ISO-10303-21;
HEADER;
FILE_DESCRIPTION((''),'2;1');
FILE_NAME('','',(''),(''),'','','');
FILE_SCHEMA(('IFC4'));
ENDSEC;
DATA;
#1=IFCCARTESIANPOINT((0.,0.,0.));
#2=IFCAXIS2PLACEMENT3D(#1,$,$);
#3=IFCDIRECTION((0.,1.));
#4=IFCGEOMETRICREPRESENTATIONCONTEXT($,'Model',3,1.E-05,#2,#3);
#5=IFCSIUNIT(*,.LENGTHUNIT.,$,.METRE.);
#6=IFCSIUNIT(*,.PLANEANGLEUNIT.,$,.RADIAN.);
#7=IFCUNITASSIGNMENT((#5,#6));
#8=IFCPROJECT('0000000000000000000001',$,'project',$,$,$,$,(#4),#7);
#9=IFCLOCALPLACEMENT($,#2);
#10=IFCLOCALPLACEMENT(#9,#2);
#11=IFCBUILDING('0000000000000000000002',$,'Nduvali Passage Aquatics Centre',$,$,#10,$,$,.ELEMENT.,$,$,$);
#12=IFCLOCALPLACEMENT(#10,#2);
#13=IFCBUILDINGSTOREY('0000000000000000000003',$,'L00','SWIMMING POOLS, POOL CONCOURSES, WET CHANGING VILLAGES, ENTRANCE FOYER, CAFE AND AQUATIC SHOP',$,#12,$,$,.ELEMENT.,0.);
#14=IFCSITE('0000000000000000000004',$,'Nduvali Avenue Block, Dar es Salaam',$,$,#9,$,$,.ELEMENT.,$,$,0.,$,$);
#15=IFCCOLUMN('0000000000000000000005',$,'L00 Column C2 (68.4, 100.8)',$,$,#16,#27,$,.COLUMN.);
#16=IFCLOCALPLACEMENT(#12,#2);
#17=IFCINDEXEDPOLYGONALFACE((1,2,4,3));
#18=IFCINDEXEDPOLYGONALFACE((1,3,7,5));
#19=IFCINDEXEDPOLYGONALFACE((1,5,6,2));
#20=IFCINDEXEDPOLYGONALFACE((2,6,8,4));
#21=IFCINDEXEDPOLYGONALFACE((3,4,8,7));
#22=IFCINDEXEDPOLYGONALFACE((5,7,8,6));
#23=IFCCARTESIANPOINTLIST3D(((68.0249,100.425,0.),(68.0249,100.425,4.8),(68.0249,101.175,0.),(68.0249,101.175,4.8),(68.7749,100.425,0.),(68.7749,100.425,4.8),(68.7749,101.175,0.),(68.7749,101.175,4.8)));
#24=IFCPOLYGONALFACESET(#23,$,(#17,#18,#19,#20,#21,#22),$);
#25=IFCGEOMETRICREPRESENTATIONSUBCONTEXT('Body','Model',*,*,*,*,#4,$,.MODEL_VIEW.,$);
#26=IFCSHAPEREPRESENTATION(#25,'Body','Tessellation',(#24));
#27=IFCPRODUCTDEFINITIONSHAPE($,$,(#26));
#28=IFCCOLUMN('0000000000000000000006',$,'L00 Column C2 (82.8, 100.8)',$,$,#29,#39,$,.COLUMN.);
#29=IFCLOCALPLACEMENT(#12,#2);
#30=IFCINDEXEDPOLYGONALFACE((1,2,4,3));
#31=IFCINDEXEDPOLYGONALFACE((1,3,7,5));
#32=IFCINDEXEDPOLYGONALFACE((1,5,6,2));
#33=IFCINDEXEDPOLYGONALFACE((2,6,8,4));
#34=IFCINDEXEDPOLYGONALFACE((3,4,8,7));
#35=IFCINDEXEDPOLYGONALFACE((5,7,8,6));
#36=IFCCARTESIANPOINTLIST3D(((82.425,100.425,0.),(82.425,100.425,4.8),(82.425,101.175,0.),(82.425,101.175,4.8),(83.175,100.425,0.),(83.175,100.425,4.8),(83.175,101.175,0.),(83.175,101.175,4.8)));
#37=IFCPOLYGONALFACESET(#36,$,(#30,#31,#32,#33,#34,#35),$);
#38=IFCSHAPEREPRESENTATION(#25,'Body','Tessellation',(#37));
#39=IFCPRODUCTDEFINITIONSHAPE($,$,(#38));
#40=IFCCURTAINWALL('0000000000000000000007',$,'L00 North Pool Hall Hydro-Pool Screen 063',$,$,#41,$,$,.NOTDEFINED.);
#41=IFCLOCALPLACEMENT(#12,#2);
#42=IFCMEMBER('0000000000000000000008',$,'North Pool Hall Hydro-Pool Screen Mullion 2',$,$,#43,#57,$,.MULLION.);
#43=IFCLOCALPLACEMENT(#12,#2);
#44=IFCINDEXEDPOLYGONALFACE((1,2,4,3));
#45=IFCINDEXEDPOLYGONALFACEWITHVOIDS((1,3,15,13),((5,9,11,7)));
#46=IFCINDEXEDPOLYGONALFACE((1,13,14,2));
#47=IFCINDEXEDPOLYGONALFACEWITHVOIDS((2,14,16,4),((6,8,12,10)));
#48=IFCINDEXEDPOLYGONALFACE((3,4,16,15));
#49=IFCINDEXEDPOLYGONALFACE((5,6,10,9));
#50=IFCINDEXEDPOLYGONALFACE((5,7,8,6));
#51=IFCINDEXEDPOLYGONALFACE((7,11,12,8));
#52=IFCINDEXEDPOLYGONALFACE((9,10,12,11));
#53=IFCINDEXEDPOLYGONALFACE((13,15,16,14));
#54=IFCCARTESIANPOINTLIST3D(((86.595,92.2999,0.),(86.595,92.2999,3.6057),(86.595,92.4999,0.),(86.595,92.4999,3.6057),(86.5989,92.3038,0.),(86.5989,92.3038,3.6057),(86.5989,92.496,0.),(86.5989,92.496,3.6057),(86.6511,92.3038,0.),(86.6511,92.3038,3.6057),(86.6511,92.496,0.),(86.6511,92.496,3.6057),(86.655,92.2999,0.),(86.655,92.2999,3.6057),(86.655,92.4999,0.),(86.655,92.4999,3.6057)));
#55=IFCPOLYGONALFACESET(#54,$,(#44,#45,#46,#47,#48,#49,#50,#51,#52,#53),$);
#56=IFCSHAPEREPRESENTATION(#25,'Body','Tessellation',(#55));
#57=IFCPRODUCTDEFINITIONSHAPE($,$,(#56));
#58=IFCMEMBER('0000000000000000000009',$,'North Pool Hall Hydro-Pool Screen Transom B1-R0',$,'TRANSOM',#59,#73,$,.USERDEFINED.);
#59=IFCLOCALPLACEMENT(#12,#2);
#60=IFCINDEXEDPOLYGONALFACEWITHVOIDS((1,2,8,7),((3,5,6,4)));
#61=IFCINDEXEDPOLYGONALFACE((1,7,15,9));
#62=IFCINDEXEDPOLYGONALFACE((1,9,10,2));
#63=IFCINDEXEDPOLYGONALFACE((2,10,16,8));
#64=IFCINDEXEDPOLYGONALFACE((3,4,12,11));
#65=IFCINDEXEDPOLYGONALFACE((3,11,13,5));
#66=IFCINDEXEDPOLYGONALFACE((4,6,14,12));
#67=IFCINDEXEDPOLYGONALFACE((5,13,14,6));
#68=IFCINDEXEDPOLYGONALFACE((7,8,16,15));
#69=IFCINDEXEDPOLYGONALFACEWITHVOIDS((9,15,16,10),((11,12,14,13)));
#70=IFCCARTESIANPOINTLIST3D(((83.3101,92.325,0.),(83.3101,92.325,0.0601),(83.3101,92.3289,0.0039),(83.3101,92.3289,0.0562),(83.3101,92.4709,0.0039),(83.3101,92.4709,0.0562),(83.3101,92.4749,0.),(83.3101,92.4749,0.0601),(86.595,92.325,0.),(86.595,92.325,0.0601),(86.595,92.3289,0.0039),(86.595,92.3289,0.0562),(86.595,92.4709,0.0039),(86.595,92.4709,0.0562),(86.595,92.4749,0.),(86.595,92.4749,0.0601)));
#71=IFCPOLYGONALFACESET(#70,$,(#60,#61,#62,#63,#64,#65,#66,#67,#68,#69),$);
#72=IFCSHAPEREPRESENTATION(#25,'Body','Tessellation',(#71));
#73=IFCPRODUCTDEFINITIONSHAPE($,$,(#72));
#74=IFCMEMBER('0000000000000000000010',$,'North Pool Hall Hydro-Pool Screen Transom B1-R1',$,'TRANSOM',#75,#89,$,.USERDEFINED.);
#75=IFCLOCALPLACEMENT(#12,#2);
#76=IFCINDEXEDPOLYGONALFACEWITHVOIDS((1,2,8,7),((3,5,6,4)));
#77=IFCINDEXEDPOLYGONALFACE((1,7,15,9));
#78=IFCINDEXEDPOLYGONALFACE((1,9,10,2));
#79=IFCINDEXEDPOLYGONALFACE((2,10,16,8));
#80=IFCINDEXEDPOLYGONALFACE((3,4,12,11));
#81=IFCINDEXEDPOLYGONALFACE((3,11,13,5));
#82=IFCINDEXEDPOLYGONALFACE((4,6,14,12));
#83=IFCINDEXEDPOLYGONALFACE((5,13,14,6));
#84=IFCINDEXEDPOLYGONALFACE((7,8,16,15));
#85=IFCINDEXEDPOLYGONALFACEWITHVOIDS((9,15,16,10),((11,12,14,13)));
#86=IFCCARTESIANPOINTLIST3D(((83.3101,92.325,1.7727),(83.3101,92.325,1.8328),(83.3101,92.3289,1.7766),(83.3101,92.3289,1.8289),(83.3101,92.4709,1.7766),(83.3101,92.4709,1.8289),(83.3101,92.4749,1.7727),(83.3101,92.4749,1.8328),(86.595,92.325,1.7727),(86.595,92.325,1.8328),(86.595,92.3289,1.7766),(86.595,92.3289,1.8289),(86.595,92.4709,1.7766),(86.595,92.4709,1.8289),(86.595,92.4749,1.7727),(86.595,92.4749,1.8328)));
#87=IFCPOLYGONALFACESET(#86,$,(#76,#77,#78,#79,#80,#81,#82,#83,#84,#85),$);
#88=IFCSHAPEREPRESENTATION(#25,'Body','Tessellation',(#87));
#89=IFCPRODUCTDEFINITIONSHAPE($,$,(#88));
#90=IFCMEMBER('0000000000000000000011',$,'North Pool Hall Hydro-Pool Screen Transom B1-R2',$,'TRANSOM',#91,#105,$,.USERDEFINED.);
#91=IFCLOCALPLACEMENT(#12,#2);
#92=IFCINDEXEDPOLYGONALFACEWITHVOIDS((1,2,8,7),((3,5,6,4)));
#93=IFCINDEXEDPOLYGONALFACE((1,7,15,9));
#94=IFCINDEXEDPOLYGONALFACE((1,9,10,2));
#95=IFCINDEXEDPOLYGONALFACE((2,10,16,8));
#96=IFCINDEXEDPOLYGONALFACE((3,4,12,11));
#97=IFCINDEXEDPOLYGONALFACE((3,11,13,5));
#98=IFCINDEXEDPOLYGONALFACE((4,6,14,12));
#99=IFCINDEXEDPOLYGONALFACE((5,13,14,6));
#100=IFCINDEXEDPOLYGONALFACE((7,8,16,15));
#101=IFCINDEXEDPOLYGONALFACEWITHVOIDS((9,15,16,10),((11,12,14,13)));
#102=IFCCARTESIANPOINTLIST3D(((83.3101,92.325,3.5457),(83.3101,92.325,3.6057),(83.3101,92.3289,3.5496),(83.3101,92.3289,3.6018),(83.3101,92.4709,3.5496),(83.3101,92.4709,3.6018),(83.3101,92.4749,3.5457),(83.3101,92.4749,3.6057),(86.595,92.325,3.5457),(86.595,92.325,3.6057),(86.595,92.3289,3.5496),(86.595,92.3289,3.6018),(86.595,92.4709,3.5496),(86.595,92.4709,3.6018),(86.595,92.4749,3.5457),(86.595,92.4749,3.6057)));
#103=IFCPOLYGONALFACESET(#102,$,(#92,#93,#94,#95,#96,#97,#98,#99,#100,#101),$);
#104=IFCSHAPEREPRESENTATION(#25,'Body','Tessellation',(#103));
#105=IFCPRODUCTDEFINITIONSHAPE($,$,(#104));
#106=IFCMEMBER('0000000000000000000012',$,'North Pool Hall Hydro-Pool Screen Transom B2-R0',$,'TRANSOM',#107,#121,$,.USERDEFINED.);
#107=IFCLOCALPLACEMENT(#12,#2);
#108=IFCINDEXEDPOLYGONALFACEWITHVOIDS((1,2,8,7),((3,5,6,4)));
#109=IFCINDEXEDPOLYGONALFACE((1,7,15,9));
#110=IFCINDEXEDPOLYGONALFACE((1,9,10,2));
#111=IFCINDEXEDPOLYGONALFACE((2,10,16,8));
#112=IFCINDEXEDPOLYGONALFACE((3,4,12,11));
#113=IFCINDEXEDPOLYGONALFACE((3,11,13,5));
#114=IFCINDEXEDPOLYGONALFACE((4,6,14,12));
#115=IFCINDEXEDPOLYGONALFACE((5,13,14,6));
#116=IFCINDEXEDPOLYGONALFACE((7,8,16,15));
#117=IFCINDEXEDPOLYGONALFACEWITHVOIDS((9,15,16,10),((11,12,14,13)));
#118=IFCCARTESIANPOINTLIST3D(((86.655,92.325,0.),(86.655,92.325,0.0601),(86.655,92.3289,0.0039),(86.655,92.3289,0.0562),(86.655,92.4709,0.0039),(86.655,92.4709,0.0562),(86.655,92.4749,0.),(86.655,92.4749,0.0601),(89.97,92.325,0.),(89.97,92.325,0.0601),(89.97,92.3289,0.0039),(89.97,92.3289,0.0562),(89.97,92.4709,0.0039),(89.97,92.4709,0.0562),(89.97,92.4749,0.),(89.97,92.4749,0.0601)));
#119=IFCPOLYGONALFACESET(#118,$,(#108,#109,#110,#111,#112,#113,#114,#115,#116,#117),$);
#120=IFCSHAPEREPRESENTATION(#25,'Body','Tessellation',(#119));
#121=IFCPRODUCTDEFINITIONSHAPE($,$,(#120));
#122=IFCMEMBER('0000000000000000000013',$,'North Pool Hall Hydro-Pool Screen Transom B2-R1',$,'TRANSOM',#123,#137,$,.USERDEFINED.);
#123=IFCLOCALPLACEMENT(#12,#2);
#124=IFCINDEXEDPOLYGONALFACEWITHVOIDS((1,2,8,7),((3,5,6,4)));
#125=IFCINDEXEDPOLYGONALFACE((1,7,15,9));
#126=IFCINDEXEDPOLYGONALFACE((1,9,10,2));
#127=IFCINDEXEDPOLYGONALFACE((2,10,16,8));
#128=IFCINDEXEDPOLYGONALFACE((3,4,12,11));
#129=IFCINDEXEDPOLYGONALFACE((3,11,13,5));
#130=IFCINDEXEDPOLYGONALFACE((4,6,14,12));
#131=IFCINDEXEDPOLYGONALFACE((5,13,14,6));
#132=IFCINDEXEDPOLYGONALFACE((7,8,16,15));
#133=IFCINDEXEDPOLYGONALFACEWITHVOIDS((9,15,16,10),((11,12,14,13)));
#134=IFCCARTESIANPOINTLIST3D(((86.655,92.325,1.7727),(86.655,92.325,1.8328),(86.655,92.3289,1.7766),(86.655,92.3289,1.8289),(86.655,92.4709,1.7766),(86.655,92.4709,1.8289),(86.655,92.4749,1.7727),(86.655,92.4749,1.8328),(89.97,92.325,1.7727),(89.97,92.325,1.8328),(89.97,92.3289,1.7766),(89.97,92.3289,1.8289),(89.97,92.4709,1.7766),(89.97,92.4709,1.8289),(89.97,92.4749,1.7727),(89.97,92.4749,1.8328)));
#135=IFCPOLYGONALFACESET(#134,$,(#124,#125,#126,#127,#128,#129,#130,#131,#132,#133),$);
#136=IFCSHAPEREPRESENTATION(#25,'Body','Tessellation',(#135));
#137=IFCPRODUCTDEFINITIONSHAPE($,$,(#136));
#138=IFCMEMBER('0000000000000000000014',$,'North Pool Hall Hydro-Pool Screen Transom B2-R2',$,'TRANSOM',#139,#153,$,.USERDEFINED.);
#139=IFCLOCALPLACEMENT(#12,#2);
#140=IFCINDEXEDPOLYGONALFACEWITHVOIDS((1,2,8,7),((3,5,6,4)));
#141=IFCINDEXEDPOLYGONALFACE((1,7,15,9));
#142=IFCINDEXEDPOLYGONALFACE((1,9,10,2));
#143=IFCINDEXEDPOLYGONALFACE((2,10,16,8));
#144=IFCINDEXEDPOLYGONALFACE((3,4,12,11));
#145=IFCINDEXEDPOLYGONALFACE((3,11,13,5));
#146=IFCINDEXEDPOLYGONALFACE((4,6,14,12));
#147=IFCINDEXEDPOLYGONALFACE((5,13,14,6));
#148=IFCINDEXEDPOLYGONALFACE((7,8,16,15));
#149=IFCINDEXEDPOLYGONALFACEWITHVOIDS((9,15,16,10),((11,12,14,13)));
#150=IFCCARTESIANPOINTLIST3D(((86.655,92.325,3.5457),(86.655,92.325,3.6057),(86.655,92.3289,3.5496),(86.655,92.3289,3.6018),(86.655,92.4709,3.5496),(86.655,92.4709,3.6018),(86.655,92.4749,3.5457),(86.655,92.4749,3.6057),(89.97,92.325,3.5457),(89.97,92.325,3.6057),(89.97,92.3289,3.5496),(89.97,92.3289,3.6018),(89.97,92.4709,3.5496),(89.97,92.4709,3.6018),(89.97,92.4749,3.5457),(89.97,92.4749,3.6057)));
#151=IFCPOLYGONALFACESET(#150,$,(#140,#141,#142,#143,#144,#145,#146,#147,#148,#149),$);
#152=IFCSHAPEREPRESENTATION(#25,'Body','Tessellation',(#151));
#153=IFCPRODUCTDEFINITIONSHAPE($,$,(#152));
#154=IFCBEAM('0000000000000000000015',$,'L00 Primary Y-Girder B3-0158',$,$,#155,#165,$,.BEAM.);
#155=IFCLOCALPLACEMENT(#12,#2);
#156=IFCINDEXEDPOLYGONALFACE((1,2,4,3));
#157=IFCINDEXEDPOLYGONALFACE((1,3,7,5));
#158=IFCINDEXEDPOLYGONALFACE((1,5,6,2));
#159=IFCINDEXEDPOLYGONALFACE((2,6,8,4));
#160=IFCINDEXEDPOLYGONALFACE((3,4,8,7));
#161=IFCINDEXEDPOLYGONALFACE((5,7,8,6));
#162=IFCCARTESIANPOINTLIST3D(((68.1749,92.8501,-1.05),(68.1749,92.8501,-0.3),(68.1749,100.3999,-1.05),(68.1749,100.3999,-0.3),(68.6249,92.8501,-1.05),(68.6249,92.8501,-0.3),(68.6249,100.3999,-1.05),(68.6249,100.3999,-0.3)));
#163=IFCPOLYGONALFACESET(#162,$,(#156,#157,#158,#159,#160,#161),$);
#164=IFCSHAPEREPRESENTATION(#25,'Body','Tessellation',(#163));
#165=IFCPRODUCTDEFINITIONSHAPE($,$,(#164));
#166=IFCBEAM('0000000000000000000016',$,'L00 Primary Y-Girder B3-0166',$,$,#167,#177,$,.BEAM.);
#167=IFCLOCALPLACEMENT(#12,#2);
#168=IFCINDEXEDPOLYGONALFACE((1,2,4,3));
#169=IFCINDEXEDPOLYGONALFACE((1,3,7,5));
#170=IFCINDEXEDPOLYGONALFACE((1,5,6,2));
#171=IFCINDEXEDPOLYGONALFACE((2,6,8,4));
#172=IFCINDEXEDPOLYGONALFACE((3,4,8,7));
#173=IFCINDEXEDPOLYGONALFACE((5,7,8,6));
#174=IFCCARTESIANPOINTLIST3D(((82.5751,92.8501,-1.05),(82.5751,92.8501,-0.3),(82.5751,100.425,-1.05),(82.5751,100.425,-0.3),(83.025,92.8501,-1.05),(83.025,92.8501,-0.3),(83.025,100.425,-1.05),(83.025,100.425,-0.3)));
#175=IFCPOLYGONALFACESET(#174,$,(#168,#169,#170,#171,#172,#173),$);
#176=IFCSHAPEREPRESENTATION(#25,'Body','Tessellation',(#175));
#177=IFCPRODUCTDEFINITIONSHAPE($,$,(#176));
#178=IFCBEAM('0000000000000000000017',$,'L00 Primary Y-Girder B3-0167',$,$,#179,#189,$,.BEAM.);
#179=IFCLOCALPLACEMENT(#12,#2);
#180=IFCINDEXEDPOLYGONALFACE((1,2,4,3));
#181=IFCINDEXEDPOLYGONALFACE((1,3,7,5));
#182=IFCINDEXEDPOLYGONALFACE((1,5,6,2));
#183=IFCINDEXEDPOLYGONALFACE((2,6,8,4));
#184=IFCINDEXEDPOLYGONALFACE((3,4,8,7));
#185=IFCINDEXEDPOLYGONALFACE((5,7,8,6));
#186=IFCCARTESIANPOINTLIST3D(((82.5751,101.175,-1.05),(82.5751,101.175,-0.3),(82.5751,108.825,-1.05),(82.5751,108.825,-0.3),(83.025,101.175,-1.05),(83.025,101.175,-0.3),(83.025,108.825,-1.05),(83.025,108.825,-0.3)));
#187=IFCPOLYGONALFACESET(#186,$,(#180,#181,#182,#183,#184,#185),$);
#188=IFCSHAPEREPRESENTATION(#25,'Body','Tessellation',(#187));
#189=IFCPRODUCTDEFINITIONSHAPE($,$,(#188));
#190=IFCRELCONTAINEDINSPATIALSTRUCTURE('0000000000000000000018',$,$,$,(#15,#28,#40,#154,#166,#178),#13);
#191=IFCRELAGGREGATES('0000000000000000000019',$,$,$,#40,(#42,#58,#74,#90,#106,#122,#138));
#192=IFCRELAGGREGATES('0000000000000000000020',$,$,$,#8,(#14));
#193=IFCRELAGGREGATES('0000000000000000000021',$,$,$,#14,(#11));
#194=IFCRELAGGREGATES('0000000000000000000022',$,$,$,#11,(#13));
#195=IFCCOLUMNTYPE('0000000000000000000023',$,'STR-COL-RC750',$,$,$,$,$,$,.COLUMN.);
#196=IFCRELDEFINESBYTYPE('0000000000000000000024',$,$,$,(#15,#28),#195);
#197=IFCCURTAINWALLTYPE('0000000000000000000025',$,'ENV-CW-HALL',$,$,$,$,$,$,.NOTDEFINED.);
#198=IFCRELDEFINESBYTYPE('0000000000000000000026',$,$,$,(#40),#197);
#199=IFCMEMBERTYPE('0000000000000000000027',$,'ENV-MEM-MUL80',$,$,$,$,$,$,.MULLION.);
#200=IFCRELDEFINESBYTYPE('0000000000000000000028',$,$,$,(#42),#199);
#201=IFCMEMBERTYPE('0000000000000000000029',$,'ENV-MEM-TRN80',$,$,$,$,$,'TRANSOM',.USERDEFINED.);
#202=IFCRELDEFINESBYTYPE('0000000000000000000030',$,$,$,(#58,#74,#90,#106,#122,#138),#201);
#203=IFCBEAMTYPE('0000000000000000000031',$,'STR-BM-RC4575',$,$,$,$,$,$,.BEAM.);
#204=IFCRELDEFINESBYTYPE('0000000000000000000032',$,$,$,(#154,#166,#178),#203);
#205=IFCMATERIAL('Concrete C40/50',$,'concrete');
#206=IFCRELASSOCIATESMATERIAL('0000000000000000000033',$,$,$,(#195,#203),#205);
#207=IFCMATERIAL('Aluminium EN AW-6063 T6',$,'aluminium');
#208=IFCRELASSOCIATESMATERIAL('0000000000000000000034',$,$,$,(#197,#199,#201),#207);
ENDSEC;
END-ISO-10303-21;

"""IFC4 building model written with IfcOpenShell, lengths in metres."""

from ifc_helpers import new_model, si_unit, direction, frame, origin, origin_2d, place, context, subcontext, project, spatial, rectangle, hollow_rectangle, extrude, material, material_profile, profile_set, type_object, element, aggregate, save


model = new_model("IFC4")

# Units and contexts
model_context = context("Model", 3, precision=1e-05, world=origin(), true_north=direction((0.0, 1.0)))
body_context = subcontext(model_context, "Body", "Model", "MODEL_VIEW")
ifc_project = project(units=[si_unit("LENGTHUNIT", "METRE"), si_unit("PLANEANGLEUNIT", "RADIAN")], contexts=[model_context])

# Site, building, storey
site_placement = place(None, origin())
site = spatial("IfcSite", under=ifc_project, at=site_placement, Name="Nduvali Avenue Block, Dar es Salaam", CompositionType="ELEMENT", RefElevation=0.0)
building_placement = place(site_placement, origin())
building = spatial("IfcBuilding", under=site, at=building_placement, Name="Nduvali Passage Aquatics Centre", CompositionType="ELEMENT")
storey_placement = place(building_placement, origin())
storey = spatial("IfcBuildingStorey", under=building, at=storey_placement, Name="L00", Description="SWIMMING POOLS, POOL CONCOURSES, WET CHANGING VILLAGES, ENTRANCE FOYER, CAFE AND AQUATIC SHOP", CompositionType="ELEMENT", Elevation=0.0)

# Columns
ifc_material_1 = material(Name="Concrete C40/50", Category="concrete")
ifc_material_profile_1 = material_profile(ifc_material_1, rectangle(XDim=0.75, YDim=0.75, at=origin_2d()), Name="RC 750x750")
ifc_profile_set_1 = profile_set([ifc_material_profile_1], Name="Concrete C40/50")
column_type = type_object("IfcColumnType", Name="STR-COL-RC750", PredefinedType="COLUMN", material=ifc_profile_set_1)
for number, where, z_axis, x_axis, name in (
    (1, (68.3999, 100.8, 0.0), (0.0, 0.0, 1.0), (1.0, 0.0, 0.0), "L00 Column C2 (68.4, 100.8)"),
    (2, (82.8, 100.8, 0.0), (0.0, 0.0, 1.0), (1.0, 0.0, 0.0), "L00 Column C2 (82.8, 100.8)"),
):
    element("IfcColumn", number, at=place(storey_placement, frame(where, z_axis=z_axis, x_axis=x_axis)), inside=storey, type_object=column_type, Name=name, PredefinedType="COLUMN", context=body_context, shape_type="SweptSolid", body=[
        extrude(rectangle(XDim=0.75, YDim=0.75, at=origin_2d()), origin(), (0.0, 0.0, 1.0), 4.8),
    ])

# Curtain wall, members
ifc_material_2 = material(Name="Aluminium EN AW-6063 T6", Category="aluminium")
curtain_wall_type = type_object("IfcCurtainWallType", Name="ENV-CW-HALL", PredefinedType="NOTDEFINED", material=ifc_material_2)
curtain_wall_placement = place(storey_placement, origin())
curtain_wall = element("IfcCurtainWall", 3, at=curtain_wall_placement, inside=storey, type_object=curtain_wall_type, Name="L00 North Pool Hall Hydro-Pool Screen 063", PredefinedType="NOTDEFINED")
ifc_material_profile_2 = material_profile(ifc_material_2, hollow_rectangle(XDim=0.0601, YDim=0.2, WallThickness=0.0039, at=origin_2d()), Name="ALU MULLION 60x200x4")
ifc_profile_set_2 = profile_set([ifc_material_profile_2], Name="Aluminium EN AW-6063 T6")
member_type_1 = type_object("IfcMemberType", Name="ENV-MEM-MUL80", PredefinedType="MULLION", material=ifc_profile_set_2)
member_1_placement = place(storey_placement, frame((86.625, 92.3999, 0.0), z_axis=(0.0, 0.0, 1.0), x_axis=(1.0, 0.0, 0.0)))
member_1 = element("IfcMember", 4, at=member_1_placement, type_object=member_type_1, Name="North Pool Hall Hydro-Pool Screen Mullion 2", PredefinedType="MULLION", context=body_context, shape_type="SweptSolid", body=[
    extrude(hollow_rectangle(XDim=0.0601, YDim=0.2, WallThickness=0.0039, at=origin_2d()), origin(), (0.0, 0.0, 1.0), 3.6057),
])
ifc_material_profile_3 = material_profile(ifc_material_2, hollow_rectangle(XDim=0.1499, YDim=0.0601, WallThickness=0.0039, at=origin_2d()), Name="ALU TRANSOM 150x60x4")
ifc_profile_set_3 = profile_set([ifc_material_profile_3], Name="Aluminium EN AW-6063 T6")
member_type_2 = type_object("IfcMemberType", Name="ENV-MEM-TRN80", ElementType="TRANSOM", PredefinedType="USERDEFINED", material=ifc_profile_set_3)
member_2_placement = place(storey_placement, frame((83.3101, 92.3999, 0.03), z_axis=(1.0, 0.0, 0.0), x_axis=(0.0, 1.0, 0.0)))
member_2 = element("IfcMember", 5, at=member_2_placement, type_object=member_type_2, Name="North Pool Hall Hydro-Pool Screen Transom B1-R0", ObjectType="TRANSOM", PredefinedType="USERDEFINED", context=body_context, shape_type="SweptSolid", body=[
    extrude(hollow_rectangle(XDim=0.1499, YDim=0.0601, WallThickness=0.0039, at=origin_2d()), origin(), (0.0, 0.0, 1.0), 3.2849),
])
member_3_placement = place(storey_placement, frame((83.3101, 92.3999, 1.8027), z_axis=(1.0, 0.0, 0.0), x_axis=(0.0, 1.0, 0.0)))
member_3 = element("IfcMember", 6, at=member_3_placement, type_object=member_type_2, Name="North Pool Hall Hydro-Pool Screen Transom B1-R1", ObjectType="TRANSOM", PredefinedType="USERDEFINED", context=body_context, shape_type="SweptSolid", body=[
    extrude(hollow_rectangle(XDim=0.1499, YDim=0.0601, WallThickness=0.0039, at=origin_2d()), origin(), (0.0, 0.0, 1.0), 3.2849),
])
member_4_placement = place(storey_placement, frame((83.3101, 92.3999, 3.5757), z_axis=(1.0, 0.0, 0.0), x_axis=(0.0, 1.0, 0.0)))
member_4 = element("IfcMember", 7, at=member_4_placement, type_object=member_type_2, Name="North Pool Hall Hydro-Pool Screen Transom B1-R2", ObjectType="TRANSOM", PredefinedType="USERDEFINED", context=body_context, shape_type="SweptSolid", body=[
    extrude(hollow_rectangle(XDim=0.1499, YDim=0.0601, WallThickness=0.0039, at=origin_2d()), origin(), (0.0, 0.0, 1.0), 3.2849),
])
member_5_placement = place(storey_placement, frame((86.655, 92.3999, 0.03), z_axis=(1.0, 0.0, 0.0), x_axis=(0.0, 1.0, 0.0)))
member_5 = element("IfcMember", 8, at=member_5_placement, type_object=member_type_2, Name="North Pool Hall Hydro-Pool Screen Transom B2-R0", ObjectType="TRANSOM", PredefinedType="USERDEFINED", context=body_context, shape_type="SweptSolid", body=[
    extrude(hollow_rectangle(XDim=0.1499, YDim=0.0601, WallThickness=0.0039, at=origin_2d()), origin(), (0.0, 0.0, 1.0), 3.3149),
])
member_6_placement = place(storey_placement, frame((86.655, 92.3999, 1.8027), z_axis=(1.0, 0.0, 0.0), x_axis=(0.0, 1.0, 0.0)))
member_6 = element("IfcMember", 9, at=member_6_placement, type_object=member_type_2, Name="North Pool Hall Hydro-Pool Screen Transom B2-R1", ObjectType="TRANSOM", PredefinedType="USERDEFINED", context=body_context, shape_type="SweptSolid", body=[
    extrude(hollow_rectangle(XDim=0.1499, YDim=0.0601, WallThickness=0.0039, at=origin_2d()), origin(), (0.0, 0.0, 1.0), 3.3149),
])
member_7_placement = place(storey_placement, frame((86.655, 92.3999, 3.5757), z_axis=(1.0, 0.0, 0.0), x_axis=(0.0, 1.0, 0.0)))
member_7 = element("IfcMember", 10, at=member_7_placement, type_object=member_type_2, Name="North Pool Hall Hydro-Pool Screen Transom B2-R2", ObjectType="TRANSOM", PredefinedType="USERDEFINED", context=body_context, shape_type="SweptSolid", body=[
    extrude(hollow_rectangle(XDim=0.1499, YDim=0.0601, WallThickness=0.0039, at=origin_2d()), origin(), (0.0, 0.0, 1.0), 3.3149),
])

# Beams
ifc_material_profile_4 = material_profile(ifc_material_1, rectangle(XDim=0.45, YDim=0.75, at=origin_2d()), Name="RC 450x750")
ifc_profile_set_4 = profile_set([ifc_material_profile_4], Name="Concrete C40/50")
beam_type_1 = type_object("IfcBeamType", Name="STR-BM-RC4575", PredefinedType="BEAM", material=ifc_profile_set_4)
beam_1_placement = place(storey_placement, frame((68.3999, 92.8501, -0.675), z_axis=(0.0, 1.0, 0.0), x_axis=(-1.0, 0.0, 0.0)))
element("IfcBeam", 11, at=beam_1_placement, inside=storey, type_object=beam_type_1, Name="L00 Primary Y-Girder B3-0158", PredefinedType="BEAM", context=body_context, shape_type="SweptSolid", body=[
    extrude(rectangle(XDim=0.45, YDim=0.75, at=origin_2d()), origin(), (0.0, 0.0, 1.0), 7.5498),
])
beam_2_placement = place(storey_placement, frame((82.8, 92.8501, -0.675), z_axis=(0.0, 1.0, 0.0), x_axis=(-1.0, 0.0, 0.0)))
element("IfcBeam", 12, at=beam_2_placement, inside=storey, type_object=beam_type_1, Name="L00 Primary Y-Girder B3-0166", PredefinedType="BEAM", context=body_context, shape_type="SweptSolid", body=[
    extrude(rectangle(XDim=0.45, YDim=0.75, at=origin_2d()), origin(), (0.0, 0.0, 1.0), 7.575),
])
beam_3_placement = place(storey_placement, frame((82.8, 101.175, -0.675), z_axis=(0.0, 1.0, 0.0), x_axis=(-1.0, 0.0, 0.0)))
element("IfcBeam", 13, at=beam_3_placement, inside=storey, type_object=beam_type_1, Name="L00 Primary Y-Girder B3-0167", PredefinedType="BEAM", context=body_context, shape_type="SweptSolid", body=[
    extrude(rectangle(XDim=0.45, YDim=0.75, at=origin_2d()), origin(), (0.0, 0.0, 1.0), 7.6499),
])

aggregate(curtain_wall, [member_1, member_2, member_3, member_4, member_5, member_6, member_7])

save(model, "model.ifc")
